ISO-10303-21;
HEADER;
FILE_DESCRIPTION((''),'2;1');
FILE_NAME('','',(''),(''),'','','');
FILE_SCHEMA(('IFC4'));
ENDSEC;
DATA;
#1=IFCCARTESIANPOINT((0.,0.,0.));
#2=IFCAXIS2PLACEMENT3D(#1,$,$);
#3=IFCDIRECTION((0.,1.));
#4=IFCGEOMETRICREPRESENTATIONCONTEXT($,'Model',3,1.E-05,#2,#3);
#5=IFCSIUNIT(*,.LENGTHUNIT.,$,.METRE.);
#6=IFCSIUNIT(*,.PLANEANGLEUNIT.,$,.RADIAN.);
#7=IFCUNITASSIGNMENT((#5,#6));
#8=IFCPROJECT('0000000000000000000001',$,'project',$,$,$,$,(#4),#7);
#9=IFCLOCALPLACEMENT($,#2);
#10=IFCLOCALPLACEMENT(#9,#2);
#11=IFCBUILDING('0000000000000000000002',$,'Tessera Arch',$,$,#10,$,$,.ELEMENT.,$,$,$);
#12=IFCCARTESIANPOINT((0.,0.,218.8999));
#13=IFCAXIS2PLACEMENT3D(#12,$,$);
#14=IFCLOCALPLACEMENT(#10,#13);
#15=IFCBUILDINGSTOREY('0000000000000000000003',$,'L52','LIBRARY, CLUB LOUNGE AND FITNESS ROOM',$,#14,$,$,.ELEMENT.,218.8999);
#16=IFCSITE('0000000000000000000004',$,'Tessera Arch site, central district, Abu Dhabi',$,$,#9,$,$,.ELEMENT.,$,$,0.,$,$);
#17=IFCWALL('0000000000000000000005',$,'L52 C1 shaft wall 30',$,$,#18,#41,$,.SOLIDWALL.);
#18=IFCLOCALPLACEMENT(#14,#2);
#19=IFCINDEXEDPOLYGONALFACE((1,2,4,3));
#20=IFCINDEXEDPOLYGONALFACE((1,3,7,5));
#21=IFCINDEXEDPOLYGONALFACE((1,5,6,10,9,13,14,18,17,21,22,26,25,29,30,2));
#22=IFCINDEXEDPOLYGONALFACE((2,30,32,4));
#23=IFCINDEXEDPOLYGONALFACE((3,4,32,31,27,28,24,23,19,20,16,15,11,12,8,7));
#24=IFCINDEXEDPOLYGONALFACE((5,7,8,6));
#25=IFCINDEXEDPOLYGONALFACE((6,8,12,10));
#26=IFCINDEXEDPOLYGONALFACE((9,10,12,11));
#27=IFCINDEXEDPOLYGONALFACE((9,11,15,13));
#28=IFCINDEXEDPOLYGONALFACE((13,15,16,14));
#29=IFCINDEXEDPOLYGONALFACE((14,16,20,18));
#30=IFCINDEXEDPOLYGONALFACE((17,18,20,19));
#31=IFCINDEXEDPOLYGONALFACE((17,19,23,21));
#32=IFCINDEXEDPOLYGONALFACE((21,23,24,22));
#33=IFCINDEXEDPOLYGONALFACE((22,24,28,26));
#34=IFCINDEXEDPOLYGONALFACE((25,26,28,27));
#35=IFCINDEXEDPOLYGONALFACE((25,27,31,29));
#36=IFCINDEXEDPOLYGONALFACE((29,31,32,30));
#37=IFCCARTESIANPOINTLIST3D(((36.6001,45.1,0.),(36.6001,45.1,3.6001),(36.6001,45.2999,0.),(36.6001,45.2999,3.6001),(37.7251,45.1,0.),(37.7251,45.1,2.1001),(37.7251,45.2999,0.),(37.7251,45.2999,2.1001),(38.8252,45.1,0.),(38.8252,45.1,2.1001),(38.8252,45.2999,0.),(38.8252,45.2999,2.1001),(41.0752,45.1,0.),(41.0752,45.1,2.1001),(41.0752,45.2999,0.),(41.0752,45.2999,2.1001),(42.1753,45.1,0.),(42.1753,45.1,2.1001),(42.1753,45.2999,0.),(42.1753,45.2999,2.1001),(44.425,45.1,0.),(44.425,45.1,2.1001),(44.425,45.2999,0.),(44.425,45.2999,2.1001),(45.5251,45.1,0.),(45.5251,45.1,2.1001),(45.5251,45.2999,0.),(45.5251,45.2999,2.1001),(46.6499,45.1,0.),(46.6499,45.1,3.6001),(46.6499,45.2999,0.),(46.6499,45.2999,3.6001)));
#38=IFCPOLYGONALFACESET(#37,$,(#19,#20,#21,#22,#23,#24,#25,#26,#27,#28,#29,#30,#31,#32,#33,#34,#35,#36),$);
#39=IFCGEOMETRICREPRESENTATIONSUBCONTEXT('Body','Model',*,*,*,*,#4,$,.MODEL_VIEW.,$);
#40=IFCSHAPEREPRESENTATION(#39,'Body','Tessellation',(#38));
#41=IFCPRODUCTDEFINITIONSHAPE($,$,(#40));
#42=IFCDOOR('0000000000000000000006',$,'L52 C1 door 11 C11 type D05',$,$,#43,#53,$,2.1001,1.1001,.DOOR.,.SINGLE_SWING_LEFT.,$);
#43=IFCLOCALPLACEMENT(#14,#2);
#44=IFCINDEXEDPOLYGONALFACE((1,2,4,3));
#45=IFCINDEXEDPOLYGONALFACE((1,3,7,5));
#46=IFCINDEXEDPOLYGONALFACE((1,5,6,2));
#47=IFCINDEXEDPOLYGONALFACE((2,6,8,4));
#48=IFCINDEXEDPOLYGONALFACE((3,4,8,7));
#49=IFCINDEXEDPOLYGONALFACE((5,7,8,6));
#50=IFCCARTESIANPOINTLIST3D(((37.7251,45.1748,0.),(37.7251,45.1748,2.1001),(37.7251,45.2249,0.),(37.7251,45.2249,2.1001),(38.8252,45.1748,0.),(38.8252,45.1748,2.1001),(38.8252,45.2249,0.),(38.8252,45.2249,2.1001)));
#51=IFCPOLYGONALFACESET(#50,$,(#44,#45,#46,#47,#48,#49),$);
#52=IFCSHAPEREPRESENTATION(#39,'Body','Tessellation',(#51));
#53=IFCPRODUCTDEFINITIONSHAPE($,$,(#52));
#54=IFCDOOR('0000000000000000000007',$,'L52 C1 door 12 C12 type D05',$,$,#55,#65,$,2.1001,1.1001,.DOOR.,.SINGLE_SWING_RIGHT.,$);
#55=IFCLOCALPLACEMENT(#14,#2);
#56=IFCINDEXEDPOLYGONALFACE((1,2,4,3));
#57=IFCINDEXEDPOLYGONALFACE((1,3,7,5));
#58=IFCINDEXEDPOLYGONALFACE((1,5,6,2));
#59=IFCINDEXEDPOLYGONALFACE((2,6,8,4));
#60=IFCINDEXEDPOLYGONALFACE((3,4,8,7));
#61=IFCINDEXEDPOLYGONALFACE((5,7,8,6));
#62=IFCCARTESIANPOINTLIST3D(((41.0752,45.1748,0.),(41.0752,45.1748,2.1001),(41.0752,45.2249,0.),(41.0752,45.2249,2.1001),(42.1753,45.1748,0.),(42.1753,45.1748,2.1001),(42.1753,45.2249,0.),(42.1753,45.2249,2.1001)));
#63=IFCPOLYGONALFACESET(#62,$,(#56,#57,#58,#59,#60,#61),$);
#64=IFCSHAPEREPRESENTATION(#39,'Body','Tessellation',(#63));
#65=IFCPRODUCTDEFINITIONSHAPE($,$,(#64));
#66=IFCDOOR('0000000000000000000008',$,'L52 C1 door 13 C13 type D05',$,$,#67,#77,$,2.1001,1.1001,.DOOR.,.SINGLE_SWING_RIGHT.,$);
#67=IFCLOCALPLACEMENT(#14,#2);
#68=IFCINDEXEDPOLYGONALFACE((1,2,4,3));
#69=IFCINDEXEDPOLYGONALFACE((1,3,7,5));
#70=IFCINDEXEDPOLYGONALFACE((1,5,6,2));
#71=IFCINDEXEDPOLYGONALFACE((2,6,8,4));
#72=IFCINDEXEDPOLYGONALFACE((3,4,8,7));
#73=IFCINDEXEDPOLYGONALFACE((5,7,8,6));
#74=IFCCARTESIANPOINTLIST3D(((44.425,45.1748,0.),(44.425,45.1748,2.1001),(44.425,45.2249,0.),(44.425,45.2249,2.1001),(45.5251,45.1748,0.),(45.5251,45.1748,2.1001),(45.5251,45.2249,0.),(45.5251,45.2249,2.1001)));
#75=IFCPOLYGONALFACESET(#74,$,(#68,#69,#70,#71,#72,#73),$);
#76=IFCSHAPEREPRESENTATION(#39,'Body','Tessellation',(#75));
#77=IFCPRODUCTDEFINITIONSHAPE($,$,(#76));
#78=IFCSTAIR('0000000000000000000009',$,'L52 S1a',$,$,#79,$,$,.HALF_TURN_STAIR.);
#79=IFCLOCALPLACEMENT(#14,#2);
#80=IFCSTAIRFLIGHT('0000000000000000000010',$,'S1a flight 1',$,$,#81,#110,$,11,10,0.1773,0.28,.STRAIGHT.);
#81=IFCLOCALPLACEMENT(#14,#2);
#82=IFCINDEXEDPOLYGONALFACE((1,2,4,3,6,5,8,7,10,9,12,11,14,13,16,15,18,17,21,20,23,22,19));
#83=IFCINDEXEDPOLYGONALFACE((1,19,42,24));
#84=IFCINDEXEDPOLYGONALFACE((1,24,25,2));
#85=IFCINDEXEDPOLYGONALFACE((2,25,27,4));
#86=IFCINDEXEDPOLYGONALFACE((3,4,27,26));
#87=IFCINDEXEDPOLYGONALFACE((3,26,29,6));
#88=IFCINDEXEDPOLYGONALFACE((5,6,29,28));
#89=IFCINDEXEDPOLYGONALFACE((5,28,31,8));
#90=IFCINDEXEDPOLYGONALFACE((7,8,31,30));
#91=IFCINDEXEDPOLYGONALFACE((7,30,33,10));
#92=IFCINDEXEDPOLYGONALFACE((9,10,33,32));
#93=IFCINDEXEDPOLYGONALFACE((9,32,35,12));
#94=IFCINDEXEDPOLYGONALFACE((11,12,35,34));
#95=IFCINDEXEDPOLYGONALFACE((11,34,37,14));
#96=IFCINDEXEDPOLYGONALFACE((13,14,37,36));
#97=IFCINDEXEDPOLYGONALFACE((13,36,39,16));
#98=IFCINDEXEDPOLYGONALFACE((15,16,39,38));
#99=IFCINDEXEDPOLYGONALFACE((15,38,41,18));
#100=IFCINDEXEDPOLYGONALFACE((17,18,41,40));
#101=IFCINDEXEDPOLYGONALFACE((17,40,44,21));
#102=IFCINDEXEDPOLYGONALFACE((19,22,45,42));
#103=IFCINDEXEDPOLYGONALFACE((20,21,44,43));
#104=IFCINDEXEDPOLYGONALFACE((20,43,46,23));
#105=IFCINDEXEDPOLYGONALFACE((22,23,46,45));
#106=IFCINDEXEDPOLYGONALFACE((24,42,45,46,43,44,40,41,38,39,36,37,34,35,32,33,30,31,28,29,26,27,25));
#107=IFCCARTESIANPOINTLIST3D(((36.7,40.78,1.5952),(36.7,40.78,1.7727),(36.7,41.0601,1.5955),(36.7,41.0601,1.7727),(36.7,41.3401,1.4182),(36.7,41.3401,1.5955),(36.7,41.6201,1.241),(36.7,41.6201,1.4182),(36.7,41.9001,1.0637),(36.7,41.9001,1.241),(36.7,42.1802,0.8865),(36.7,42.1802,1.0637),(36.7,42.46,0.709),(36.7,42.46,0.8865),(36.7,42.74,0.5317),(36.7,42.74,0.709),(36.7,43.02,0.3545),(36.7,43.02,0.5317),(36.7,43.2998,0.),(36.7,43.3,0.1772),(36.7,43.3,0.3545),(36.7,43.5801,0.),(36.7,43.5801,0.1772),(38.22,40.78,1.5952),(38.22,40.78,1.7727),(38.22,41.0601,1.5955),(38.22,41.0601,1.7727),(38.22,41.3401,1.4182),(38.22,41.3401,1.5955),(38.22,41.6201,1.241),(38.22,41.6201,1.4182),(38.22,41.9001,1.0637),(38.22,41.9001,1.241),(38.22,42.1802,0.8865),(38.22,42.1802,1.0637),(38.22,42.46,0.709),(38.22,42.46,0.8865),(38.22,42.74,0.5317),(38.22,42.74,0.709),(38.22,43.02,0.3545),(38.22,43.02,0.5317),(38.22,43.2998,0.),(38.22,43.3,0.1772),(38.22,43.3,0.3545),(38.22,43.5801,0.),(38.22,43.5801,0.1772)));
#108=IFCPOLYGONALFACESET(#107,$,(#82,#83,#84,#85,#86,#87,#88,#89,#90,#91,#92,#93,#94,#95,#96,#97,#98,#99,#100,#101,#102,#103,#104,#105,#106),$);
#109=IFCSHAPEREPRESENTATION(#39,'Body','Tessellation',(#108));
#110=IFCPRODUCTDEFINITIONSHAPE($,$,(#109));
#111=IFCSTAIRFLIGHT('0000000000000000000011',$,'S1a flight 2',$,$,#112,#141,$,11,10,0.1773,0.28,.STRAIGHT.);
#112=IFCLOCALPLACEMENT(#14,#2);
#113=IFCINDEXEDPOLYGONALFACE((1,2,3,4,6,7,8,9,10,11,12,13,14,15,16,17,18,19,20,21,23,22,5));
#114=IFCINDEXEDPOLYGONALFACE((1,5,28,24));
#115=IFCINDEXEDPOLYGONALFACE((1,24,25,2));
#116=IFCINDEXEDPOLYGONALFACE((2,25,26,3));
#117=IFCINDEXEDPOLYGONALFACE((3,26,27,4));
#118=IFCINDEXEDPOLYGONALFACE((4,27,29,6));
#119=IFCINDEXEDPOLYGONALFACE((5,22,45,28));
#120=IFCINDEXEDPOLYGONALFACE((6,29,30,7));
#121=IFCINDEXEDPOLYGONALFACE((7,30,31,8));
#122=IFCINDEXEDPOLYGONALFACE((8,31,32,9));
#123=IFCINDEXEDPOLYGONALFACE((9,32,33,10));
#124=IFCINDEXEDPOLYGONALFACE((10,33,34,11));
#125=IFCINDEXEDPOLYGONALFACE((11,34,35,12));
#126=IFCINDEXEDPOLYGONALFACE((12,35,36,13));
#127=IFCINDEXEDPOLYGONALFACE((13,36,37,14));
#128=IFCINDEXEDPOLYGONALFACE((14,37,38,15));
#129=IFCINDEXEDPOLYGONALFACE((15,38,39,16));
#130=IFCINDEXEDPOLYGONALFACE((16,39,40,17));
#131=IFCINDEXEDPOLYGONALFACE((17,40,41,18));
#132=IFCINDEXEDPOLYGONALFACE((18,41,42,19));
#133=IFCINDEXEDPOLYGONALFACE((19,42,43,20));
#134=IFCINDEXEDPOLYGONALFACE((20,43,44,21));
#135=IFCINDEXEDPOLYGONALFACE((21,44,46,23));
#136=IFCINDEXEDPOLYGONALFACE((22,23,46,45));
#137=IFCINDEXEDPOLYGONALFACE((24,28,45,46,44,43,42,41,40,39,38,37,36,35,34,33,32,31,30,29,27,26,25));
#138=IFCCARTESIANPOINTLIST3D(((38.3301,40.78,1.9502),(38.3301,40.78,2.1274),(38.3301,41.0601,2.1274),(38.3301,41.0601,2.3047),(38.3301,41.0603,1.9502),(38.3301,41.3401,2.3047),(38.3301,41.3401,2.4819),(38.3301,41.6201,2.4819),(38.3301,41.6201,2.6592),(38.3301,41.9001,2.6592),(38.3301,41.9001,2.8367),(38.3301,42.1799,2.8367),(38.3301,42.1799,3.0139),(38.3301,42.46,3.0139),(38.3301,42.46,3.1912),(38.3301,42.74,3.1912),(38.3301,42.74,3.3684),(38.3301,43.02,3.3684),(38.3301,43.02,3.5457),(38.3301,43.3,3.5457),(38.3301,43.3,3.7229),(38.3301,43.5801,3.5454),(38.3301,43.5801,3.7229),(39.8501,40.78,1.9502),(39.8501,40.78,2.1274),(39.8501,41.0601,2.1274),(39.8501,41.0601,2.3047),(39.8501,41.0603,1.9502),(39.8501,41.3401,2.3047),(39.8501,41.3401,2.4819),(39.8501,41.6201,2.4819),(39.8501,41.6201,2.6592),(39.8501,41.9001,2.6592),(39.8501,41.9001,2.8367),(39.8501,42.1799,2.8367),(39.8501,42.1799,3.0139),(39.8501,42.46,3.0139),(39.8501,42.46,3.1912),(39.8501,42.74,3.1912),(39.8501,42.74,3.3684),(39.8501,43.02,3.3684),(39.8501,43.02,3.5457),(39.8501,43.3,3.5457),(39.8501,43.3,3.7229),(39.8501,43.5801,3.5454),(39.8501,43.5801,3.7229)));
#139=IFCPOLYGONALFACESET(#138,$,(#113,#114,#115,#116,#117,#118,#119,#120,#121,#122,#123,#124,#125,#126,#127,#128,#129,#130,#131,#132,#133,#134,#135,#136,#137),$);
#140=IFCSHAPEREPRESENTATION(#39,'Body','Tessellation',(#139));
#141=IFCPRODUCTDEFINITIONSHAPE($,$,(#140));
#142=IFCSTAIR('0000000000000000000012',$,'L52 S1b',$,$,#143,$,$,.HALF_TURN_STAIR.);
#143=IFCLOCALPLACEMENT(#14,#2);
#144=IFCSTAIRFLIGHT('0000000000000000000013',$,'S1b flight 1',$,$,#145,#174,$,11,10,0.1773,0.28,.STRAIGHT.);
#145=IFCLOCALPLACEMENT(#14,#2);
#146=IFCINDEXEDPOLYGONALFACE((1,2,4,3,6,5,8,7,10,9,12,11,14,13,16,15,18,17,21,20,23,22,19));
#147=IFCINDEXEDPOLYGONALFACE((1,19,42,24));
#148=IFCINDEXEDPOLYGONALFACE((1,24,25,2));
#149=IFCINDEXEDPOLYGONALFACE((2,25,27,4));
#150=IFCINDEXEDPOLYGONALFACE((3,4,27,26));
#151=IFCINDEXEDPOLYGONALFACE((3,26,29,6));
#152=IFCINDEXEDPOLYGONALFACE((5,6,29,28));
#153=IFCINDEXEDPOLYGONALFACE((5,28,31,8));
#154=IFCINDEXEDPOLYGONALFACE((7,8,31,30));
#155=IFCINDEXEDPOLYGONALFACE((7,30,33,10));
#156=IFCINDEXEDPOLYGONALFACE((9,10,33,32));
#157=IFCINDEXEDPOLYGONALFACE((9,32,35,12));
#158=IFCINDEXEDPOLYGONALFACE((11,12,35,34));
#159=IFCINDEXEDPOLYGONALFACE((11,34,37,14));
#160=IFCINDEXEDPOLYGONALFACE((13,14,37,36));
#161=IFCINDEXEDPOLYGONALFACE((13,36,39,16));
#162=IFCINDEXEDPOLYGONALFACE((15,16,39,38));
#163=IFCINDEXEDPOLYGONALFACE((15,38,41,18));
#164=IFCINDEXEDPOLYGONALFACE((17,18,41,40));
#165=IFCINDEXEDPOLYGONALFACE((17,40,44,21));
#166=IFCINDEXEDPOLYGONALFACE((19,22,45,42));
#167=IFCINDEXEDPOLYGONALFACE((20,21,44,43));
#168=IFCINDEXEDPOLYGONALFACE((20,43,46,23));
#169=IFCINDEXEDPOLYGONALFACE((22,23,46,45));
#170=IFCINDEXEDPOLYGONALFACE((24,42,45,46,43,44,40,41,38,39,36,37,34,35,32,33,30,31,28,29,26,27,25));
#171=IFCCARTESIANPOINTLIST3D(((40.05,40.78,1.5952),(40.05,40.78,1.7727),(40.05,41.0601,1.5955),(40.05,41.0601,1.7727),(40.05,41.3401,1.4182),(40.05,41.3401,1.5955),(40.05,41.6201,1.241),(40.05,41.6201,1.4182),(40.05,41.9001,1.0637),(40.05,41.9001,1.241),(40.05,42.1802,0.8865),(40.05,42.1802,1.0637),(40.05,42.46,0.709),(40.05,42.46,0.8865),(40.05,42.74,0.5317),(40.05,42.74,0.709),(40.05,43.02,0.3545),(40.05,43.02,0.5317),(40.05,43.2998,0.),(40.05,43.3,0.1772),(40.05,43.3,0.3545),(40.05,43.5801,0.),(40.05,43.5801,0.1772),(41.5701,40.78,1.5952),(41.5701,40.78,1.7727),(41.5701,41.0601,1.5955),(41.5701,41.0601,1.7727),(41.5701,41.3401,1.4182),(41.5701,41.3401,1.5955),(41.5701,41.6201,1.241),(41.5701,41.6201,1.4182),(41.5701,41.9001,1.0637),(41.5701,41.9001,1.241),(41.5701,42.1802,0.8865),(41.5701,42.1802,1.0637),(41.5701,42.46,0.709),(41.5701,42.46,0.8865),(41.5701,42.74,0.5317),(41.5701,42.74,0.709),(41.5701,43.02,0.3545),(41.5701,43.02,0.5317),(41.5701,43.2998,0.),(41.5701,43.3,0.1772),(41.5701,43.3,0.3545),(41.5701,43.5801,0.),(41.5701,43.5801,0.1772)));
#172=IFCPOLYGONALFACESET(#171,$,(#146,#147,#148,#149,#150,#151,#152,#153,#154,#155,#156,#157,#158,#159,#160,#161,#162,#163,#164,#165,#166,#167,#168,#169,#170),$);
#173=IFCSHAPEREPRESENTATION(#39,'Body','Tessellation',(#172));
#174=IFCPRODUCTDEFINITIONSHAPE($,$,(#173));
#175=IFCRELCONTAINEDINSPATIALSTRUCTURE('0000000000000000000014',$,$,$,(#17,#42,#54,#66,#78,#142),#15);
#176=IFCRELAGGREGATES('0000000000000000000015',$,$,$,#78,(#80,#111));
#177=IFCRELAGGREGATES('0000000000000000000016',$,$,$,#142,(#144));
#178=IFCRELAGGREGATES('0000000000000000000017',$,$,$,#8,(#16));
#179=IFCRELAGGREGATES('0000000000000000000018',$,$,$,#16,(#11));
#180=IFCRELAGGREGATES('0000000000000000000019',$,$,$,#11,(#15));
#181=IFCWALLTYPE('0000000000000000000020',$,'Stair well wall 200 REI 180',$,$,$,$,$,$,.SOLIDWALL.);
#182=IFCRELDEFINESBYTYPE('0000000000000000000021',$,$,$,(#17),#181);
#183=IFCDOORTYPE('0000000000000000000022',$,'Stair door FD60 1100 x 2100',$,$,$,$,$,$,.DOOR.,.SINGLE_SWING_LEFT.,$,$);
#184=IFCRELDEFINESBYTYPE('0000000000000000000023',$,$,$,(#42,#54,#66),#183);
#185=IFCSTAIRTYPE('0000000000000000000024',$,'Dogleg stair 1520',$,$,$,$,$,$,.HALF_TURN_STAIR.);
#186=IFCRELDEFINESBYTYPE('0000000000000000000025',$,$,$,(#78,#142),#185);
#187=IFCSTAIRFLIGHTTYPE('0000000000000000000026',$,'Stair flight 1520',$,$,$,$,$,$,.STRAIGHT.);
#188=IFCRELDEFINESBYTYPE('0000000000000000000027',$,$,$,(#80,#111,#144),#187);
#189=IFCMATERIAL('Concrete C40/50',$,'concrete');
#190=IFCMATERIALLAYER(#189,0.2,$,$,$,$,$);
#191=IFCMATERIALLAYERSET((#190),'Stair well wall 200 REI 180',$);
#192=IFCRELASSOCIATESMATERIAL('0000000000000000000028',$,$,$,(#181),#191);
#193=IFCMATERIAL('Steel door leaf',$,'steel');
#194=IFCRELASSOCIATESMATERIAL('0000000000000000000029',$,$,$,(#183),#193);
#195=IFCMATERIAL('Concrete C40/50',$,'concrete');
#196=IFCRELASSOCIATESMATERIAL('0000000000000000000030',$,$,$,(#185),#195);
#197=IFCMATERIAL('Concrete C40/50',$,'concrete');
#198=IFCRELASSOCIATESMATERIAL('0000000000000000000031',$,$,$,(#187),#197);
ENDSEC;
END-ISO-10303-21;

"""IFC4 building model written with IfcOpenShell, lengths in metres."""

from ifc_helpers import new_model, si_unit, direction, frame, frame_2d, origin, place, context, subcontext, project, spatial, polyline, rectangle, outline, extrude, material, layer, layer_set, type_object, element, fill, aggregate, save


model = new_model("IFC4")

# Units and contexts
model_context = context("Model", 3, precision=1e-05, world=origin(), true_north=direction((0.0, 1.0)))
body_context = subcontext(model_context, "Body", "Model", "MODEL_VIEW")
ifc_project = project(units=[si_unit("LENGTHUNIT", "METRE"), si_unit("PLANEANGLEUNIT", "RADIAN")], contexts=[model_context])

# Site, building, storey
site_placement = place(None, origin())
site = spatial("IfcSite", under=ifc_project, at=site_placement, Name="Tessera Arch site, central district, Abu Dhabi", CompositionType="ELEMENT", RefElevation=0.0)
building_placement = place(site_placement, origin())
building = spatial("IfcBuilding", under=site, at=building_placement, Name="Tessera Arch", CompositionType="ELEMENT")
storey_placement = place(building_placement, frame((0.0, 0.0, 218.8999)))
storey = spatial("IfcBuildingStorey", under=building, at=storey_placement, Name="L52", Description="LIBRARY, CLUB LOUNGE AND FITNESS ROOM", CompositionType="ELEMENT", Elevation=218.8999)

# Shared definitions
ifc_material_1 = material(Name="Concrete C40/50", Category="concrete")
ifc_layer_1 = layer(ifc_material_1, 0.2)
ifc_layer_set_1 = layer_set([ifc_layer_1], Name="Stair well wall 200 REI 180")
wall_type_1 = type_object("IfcWallType", Name="Stair well wall 200 REI 180", PredefinedType="SOLIDWALL", material=ifc_layer_set_1)

# Wall, openings, doors
wall_1_placement = place(storey_placement, frame((36.6001, 45.2, 0.0), z_axis=(0.0, 0.0, 1.0), x_axis=(1.0, 0.0, 0.0)))
wall_1 = element("IfcWall", 1, at=wall_1_placement, inside=storey, type_object=wall_type_1, Name="L52 C1 shaft wall 30", PredefinedType="SOLIDWALL", context=body_context, shape_type="SweptSolid", body=[
    extrude(rectangle(XDim=10.0498, YDim=0.2, at=frame_2d((5.0249, 0.0))), origin(), (0.0, 0.0, 1.0), 3.6001),
])
opening_1_placement = place(wall_1_placement, frame((1.125, 0.0, 0.0)))
opening_1 = element("IfcOpeningElement", 2, at=opening_1_placement, cuts=wall_1, PredefinedType="OPENING", context=body_context, shape_type="SweptSolid", body=[
    extrude(rectangle(XDim=1.1001, YDim=2.1001, at=frame_2d((0.55, 1.05))), frame((0.0, 0.1099, 0.0), z_axis=(0.0, -1.0, 0.0), x_axis=(1.0, 0.0, 0.0)), (0.0, 0.0, 1.0), 0.22),
])
opening_2_placement = place(wall_1_placement, frame((4.4751, 0.0, 0.0)))
opening_2 = element("IfcOpeningElement", 3, at=opening_2_placement, cuts=wall_1, PredefinedType="OPENING", context=body_context, shape_type="SweptSolid", body=[
    extrude(rectangle(XDim=1.1001, YDim=2.1001, at=frame_2d((0.55, 1.05))), frame((0.0, 0.1099, 0.0), z_axis=(0.0, -1.0, 0.0), x_axis=(1.0, 0.0, 0.0)), (0.0, 0.0, 1.0), 0.22),
])
opening_3_placement = place(wall_1_placement, frame((7.825, 0.0, 0.0)))
opening_3 = element("IfcOpeningElement", 4, at=opening_3_placement, cuts=wall_1, PredefinedType="OPENING", context=body_context, shape_type="SweptSolid", body=[
    extrude(rectangle(XDim=1.1001, YDim=2.1001, at=frame_2d((0.55, 1.05))), frame((0.0, 0.1099, 0.0), z_axis=(0.0, -1.0, 0.0), x_axis=(1.0, 0.0, 0.0)), (0.0, 0.0, 1.0), 0.22),
])
ifc_material_2 = material(Name="Steel door leaf", Category="steel")
door_type_1 = type_object("IfcDoorType", Name="Stair door FD60 1100 x 2100", OperationType="SINGLE_SWING_LEFT", PredefinedType="DOOR", material=ifc_material_2)
door_1_placement = place(opening_1_placement, origin())
door_1 = element("IfcDoor", 5, at=door_1_placement, inside=storey, type_object=door_type_1, Name="L52 C1 door 11 C11 type D05", OperationType="SINGLE_SWING_LEFT", OverallHeight=2.1001, OverallWidth=1.1001, PredefinedType="DOOR", context=body_context, shape_type="SweptSolid", body=[
    extrude(rectangle(XDim=1.1001, YDim=2.1001, at=frame_2d((0.55, 1.05))), frame((0.0, 0.0249, 0.0), z_axis=(0.0, -1.0, 0.0), x_axis=(1.0, 0.0, 0.0)), (0.0, 0.0, 1.0), 0.05),
])
fill(opening_1, door_1)
door_2_placement = place(opening_2_placement, origin())
door_2 = element("IfcDoor", 6, at=door_2_placement, inside=storey, type_object=door_type_1, Name="L52 C1 door 12 C12 type D05", OperationType="SINGLE_SWING_RIGHT", OverallHeight=2.1001, OverallWidth=1.1001, PredefinedType="DOOR", context=body_context, shape_type="SweptSolid", body=[
    extrude(rectangle(XDim=1.1001, YDim=2.1001, at=frame_2d((0.55, 1.05))), frame((0.0, 0.0249, 0.0), z_axis=(0.0, -1.0, 0.0), x_axis=(1.0, 0.0, 0.0)), (0.0, 0.0, 1.0), 0.05),
])
fill(opening_2, door_2)
door_3_placement = place(opening_3_placement, origin())
door_3 = element("IfcDoor", 7, at=door_3_placement, inside=storey, type_object=door_type_1, Name="L52 C1 door 13 C13 type D05", OperationType="SINGLE_SWING_RIGHT", OverallHeight=2.1001, OverallWidth=1.1001, PredefinedType="DOOR", context=body_context, shape_type="SweptSolid", body=[
    extrude(rectangle(XDim=1.1001, YDim=2.1001, at=frame_2d((0.55, 1.05))), frame((0.0, 0.0249, 0.0), z_axis=(0.0, -1.0, 0.0), x_axis=(1.0, 0.0, 0.0)), (0.0, 0.0, 1.0), 0.05),
])
fill(opening_3, door_3)

# Stair, stair flights
ifc_material_3 = material(Name="Concrete C40/50", Category="concrete")
stair_type = type_object("IfcStairType", Name="Dogleg stair 1520", PredefinedType="HALF_TURN_STAIR", material=ifc_material_3)
stair_1_placement = place(storey_placement, origin())
stair_1 = element("IfcStair", 8, at=stair_1_placement, inside=storey, type_object=stair_type, Name="L52 S1a", PredefinedType="HALF_TURN_STAIR")
ifc_material_4 = material(Name="Concrete C40/50", Category="concrete")
stair_flight_type = type_object("IfcStairFlightType", Name="Stair flight 1520", PredefinedType="STRAIGHT", material=ifc_material_4)
stair_flight_1_placement = place(storey_placement, frame((37.46, 43.5801, 0.0), z_axis=(0.0, 0.0, 1.0), x_axis=(0.0, -1.0, 0.0)))
stair_flight_1 = element("IfcStairFlight", 9, at=stair_flight_1_placement, type_object=stair_flight_type, Name="S1a flight 1", NumberOfRisers=11, NumberOfTreads=10, PredefinedType="STRAIGHT", RiserHeight=0.1773, TreadLength=0.28, context=body_context, shape_type="SweptSolid", body=[
    extrude(outline(polyline([(0.0, 0.0), (0.0, 0.1772), (0.28, 0.1772), (0.28, 0.3545), (0.5601, 0.3545), (0.5601, 0.5317), (0.8401, 0.5317), (0.8401, 0.709), (1.1201, 0.709), (1.1201, 0.8865), (1.3999, 0.8865), (1.3999, 1.0637), (1.6799, 1.0637), (1.6799, 1.241), (1.96, 1.241), (1.96, 1.4182), (2.24, 1.4182), (2.24, 1.5955), (2.52, 1.5955), (2.52, 1.7727), (2.8, 1.7727), (2.8, 1.95), (2.8, 1.5952), (0.2803, 0.0), (0.0, 0.0)])), frame((0.0, 0.76, 0.0), z_axis=(0.0, -1.0, 0.0), x_axis=(1.0, 0.0, 0.0)), (0.0, 0.0, 1.0), 1.52),
])
stair_flight_2_placement = place(storey_placement, frame((39.0901, 40.78, 1.9502), z_axis=(0.0, 0.0, 1.0), x_axis=(0.0, 1.0, 0.0)))
stair_flight_2 = element("IfcStairFlight", 10, at=stair_flight_2_placement, type_object=stair_flight_type, Name="S1a flight 2", NumberOfRisers=11, NumberOfTreads=10, PredefinedType="STRAIGHT", RiserHeight=0.1773, TreadLength=0.28, context=body_context, shape_type="SweptSolid", body=[
    extrude(outline(polyline([(0.0, 0.0), (0.0, 0.1772), (0.28, 0.1772), (0.28, 0.3545), (0.5601, 0.3545), (0.5601, 0.5317), (0.8401, 0.5317), (0.8401, 0.709), (1.1201, 0.709), (1.1201, 0.8865), (1.3999, 0.8865), (1.3999, 1.0637), (1.6799, 1.0637), (1.6799, 1.241), (1.96, 1.241), (1.96, 1.4182), (2.24, 1.4182), (2.24, 1.5955), (2.52, 1.5955), (2.52, 1.7727), (2.8, 1.7727), (2.8, 1.95), (2.8, 1.5952), (0.2803, 0.0), (0.0, 0.0)])), frame((0.0, 0.76, 0.0), z_axis=(0.0, -1.0, 0.0), x_axis=(1.0, 0.0, 0.0)), (0.0, 0.0, 1.0), 1.52),
])
aggregate(stair_1, [stair_flight_1, stair_flight_2])

# Stair, stair flight
stair_2_placement = place(storey_placement, origin())
stair_2 = element("IfcStair", 11, at=stair_2_placement, inside=storey, type_object=stair_type, Name="L52 S1b", PredefinedType="HALF_TURN_STAIR")
stair_flight_3_placement = place(storey_placement, frame((40.8101, 43.5801, 0.0), z_axis=(0.0, 0.0, 1.0), x_axis=(0.0, -1.0, 0.0)))
stair_flight_3 = element("IfcStairFlight", 12, at=stair_flight_3_placement, type_object=stair_flight_type, Name="S1b flight 1", NumberOfRisers=11, NumberOfTreads=10, PredefinedType="STRAIGHT", RiserHeight=0.1773, TreadLength=0.28, context=body_context, shape_type="SweptSolid", body=[
    extrude(outline(polyline([(0.0, 0.0), (0.0, 0.1772), (0.28, 0.1772), (0.28, 0.3545), (0.5601, 0.3545), (0.5601, 0.5317), (0.8401, 0.5317), (0.8401, 0.709), (1.1201, 0.709), (1.1201, 0.8865), (1.3999, 0.8865), (1.3999, 1.0637), (1.6799, 1.0637), (1.6799, 1.241), (1.96, 1.241), (1.96, 1.4182), (2.24, 1.4182), (2.24, 1.5955), (2.52, 1.5955), (2.52, 1.7727), (2.8, 1.7727), (2.8, 1.95), (2.8, 1.5952), (0.2803, 0.0), (0.0, 0.0)])), frame((0.0, 0.76, 0.0), z_axis=(0.0, -1.0, 0.0), x_axis=(1.0, 0.0, 0.0)), (0.0, 0.0, 1.0), 1.52),
])
aggregate(stair_2, [stair_flight_3])

save(model, "model.ifc")
